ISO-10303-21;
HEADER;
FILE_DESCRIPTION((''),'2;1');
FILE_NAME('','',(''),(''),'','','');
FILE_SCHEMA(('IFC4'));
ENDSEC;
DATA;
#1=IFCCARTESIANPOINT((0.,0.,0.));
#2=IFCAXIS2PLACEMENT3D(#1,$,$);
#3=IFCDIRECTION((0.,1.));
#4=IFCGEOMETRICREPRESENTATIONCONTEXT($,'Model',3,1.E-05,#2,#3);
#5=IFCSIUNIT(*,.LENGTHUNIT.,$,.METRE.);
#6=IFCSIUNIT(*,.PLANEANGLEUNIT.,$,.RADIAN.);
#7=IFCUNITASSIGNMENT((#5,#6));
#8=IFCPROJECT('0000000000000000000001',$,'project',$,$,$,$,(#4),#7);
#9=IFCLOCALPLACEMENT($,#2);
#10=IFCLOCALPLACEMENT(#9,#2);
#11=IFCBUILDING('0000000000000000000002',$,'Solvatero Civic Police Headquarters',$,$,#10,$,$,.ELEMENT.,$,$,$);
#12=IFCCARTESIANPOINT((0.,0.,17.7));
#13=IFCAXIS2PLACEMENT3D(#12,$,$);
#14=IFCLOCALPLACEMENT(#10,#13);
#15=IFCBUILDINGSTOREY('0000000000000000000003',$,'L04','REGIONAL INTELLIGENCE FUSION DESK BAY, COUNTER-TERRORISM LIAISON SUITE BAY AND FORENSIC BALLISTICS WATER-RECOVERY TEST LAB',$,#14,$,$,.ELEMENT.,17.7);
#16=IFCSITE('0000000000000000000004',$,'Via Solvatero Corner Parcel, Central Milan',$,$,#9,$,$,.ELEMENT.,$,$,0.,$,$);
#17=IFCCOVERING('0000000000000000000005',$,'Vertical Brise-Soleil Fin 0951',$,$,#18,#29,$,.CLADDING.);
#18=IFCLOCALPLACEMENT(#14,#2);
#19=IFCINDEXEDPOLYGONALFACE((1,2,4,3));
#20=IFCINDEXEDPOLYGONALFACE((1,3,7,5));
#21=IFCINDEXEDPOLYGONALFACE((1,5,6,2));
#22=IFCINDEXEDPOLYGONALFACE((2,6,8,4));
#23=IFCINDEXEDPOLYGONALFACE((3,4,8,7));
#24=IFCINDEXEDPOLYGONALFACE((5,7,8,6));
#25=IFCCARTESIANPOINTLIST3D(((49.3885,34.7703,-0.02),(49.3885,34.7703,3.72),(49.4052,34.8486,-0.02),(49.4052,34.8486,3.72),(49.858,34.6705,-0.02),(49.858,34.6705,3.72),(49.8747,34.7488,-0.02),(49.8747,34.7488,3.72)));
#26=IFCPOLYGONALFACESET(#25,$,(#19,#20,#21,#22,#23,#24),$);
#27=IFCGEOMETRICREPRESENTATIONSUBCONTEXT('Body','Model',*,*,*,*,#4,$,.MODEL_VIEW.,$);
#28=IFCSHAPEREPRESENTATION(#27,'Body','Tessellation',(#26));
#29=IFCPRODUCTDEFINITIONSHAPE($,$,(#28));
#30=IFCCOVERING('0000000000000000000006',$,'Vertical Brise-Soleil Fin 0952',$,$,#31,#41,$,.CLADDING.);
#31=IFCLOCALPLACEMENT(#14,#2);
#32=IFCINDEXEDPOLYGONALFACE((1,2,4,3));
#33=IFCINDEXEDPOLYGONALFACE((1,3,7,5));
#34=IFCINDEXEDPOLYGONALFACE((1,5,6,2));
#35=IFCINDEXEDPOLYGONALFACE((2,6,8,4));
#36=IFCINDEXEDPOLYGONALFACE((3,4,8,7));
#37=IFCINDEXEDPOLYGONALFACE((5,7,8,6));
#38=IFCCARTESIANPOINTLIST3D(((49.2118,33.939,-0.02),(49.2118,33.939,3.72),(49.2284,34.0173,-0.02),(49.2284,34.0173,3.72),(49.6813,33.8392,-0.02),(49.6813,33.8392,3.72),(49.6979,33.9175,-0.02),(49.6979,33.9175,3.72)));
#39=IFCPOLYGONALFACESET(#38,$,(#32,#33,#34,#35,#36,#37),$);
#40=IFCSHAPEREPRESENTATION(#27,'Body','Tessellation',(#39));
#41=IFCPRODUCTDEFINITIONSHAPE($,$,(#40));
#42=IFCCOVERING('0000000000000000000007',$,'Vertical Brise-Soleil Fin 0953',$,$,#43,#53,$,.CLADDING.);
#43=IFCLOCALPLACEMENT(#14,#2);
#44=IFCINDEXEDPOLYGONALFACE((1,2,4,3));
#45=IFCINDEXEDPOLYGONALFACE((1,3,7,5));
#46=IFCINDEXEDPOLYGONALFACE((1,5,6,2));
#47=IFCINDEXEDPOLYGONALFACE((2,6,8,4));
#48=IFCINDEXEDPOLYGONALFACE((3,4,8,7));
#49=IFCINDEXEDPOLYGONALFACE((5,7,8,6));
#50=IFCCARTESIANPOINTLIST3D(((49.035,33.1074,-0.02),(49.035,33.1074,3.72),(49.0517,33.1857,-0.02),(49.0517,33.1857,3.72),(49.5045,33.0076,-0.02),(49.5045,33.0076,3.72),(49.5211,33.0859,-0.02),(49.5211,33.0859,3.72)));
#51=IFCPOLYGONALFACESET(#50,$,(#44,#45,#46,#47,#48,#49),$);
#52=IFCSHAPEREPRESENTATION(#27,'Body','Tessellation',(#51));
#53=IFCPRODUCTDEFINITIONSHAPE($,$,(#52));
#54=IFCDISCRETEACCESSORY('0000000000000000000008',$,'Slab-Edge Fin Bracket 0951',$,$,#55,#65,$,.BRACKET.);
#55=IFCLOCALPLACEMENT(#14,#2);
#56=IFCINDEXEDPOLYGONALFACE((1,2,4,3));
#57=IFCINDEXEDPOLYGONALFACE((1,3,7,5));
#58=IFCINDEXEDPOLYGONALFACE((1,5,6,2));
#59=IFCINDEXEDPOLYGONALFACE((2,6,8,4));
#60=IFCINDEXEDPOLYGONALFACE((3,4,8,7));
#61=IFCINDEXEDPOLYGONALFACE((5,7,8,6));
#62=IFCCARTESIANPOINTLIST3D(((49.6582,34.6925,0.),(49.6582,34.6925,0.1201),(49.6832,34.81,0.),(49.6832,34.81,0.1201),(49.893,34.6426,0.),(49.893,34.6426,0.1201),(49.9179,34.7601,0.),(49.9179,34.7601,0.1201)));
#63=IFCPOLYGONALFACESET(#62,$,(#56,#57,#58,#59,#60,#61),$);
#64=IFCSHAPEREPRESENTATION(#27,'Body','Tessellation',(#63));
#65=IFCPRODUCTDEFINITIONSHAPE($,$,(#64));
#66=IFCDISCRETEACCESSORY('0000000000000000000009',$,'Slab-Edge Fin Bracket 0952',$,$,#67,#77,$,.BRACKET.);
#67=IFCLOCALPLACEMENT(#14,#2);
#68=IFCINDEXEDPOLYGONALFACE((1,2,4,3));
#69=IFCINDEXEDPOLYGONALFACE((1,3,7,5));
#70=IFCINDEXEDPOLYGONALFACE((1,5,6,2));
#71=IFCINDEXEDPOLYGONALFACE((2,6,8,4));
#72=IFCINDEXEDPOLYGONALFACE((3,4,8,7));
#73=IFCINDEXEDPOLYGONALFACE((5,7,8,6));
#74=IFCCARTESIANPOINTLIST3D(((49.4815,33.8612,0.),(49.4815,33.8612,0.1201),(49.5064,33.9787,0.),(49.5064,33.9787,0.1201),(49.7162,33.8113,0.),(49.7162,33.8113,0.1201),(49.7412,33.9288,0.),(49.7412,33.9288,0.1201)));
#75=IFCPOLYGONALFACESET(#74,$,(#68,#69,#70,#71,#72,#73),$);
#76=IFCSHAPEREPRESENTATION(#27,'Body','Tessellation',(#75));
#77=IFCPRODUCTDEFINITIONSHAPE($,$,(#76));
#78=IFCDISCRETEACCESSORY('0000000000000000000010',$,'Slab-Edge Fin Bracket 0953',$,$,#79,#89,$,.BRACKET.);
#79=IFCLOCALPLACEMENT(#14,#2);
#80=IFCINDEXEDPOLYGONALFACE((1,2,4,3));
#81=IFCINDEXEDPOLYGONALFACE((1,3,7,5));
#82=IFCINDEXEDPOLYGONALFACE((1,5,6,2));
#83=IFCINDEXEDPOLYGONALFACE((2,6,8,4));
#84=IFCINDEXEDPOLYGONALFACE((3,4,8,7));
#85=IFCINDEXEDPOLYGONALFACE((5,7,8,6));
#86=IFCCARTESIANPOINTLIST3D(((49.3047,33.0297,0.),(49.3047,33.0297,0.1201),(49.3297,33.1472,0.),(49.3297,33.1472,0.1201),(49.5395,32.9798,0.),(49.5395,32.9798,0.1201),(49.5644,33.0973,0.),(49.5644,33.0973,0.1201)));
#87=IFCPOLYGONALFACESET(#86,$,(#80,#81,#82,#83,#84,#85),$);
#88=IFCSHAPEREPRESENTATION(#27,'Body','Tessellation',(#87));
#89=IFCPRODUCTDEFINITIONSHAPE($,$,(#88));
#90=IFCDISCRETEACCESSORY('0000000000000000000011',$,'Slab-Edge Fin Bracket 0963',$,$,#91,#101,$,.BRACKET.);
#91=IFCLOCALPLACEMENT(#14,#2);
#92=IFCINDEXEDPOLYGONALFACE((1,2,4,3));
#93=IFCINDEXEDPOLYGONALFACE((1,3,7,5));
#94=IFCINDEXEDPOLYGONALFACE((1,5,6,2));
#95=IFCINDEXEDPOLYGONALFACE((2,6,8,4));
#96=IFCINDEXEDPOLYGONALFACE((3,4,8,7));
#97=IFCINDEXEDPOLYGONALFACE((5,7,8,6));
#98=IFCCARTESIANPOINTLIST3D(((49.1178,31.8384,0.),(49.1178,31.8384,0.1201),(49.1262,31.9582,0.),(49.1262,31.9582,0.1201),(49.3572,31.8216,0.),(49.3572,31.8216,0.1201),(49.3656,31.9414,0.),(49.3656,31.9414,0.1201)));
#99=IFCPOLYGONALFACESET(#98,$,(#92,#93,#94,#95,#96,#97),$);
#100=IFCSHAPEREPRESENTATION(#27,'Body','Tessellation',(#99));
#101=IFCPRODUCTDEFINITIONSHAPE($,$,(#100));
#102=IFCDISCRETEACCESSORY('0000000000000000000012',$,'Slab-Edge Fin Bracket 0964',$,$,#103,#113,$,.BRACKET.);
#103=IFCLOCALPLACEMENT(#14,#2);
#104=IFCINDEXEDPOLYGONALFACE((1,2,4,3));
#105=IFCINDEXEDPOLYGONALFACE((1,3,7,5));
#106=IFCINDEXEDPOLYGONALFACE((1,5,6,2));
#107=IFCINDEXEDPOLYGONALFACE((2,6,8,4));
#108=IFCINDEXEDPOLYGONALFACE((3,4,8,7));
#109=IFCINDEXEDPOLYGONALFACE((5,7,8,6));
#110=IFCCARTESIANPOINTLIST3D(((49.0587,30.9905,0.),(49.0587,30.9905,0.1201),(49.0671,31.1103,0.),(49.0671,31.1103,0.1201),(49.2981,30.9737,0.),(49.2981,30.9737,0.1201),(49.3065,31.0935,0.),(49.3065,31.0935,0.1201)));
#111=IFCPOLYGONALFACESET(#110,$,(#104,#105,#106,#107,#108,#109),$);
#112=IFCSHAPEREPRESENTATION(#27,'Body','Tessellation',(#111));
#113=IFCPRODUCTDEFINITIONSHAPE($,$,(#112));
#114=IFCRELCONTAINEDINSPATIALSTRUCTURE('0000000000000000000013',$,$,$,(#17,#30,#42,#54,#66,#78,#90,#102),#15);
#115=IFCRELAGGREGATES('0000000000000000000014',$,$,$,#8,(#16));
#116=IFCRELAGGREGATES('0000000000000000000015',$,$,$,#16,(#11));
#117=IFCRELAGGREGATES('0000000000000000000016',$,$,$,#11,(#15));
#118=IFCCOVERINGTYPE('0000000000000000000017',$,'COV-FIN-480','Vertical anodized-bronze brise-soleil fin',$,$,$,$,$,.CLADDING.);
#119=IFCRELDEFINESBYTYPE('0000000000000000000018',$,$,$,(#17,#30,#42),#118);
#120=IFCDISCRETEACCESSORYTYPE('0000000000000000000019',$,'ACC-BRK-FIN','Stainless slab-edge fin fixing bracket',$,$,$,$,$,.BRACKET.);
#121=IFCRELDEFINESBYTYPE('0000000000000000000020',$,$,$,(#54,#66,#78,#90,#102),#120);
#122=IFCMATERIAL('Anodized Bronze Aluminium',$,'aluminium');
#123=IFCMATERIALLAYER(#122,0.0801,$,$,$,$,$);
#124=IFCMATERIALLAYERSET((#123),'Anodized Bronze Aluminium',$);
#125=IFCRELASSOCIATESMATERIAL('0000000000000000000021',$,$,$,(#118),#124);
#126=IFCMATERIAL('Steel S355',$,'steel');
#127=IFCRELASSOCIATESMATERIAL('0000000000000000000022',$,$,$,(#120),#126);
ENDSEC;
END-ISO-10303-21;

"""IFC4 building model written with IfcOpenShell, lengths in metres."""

from ifc_helpers import new_model, si_unit, direction, frame, origin, origin_2d, place, context, subcontext, project, spatial, rectangle, extrude, material, layer, layer_set, type_object, element, save


model = new_model("IFC4")

# Units and contexts
model_context = context("Model", 3, precision=1e-05, world=origin(), true_north=direction((0.0, 1.0)))
body_context = subcontext(model_context, "Body", "Model", "MODEL_VIEW")
ifc_project = project(units=[si_unit("LENGTHUNIT", "METRE"), si_unit("PLANEANGLEUNIT", "RADIAN")], contexts=[model_context])

# Site, building, storey
site_placement = place(None, origin())
site = spatial("IfcSite", under=ifc_project, at=site_placement, Name="Via Solvatero Corner Parcel, Central Milan", CompositionType="ELEMENT", RefElevation=0.0)
building_placement = place(site_placement, origin())
building = spatial("IfcBuilding", under=site, at=building_placement, Name="Solvatero Civic Police Headquarters", CompositionType="ELEMENT")
storey_placement = place(building_placement, frame((0.0, 0.0, 17.7)))
storey = spatial("IfcBuildingStorey", under=building, at=storey_placement, Name="L04", Description="REGIONAL INTELLIGENCE FUSION DESK BAY, COUNTER-TERRORISM LIAISON SUITE BAY AND FORENSIC BALLISTICS WATER-RECOVERY TEST LAB", CompositionType="ELEMENT", Elevation=17.7)

# Shared definitions
ifc_material_1 = material(Name="Anodized Bronze Aluminium", Category="aluminium")

# Coverings
ifc_layer_1 = layer(ifc_material_1, 0.0801)
ifc_layer_set_1 = layer_set([ifc_layer_1], Name="Anodized Bronze Aluminium")
covering_type = type_object("IfcCoveringType", Name="COV-FIN-480", Description="Vertical anodized-bronze brise-soleil fin", PredefinedType="CLADDING", material=ifc_layer_set_1)
for number, where, z_axis, x_axis, name in (
    (1, (49.6316, 34.7595, -0.02), (0.0, 0.0, 1.0), (-0.207912, -0.978148, 0.0), "Vertical Brise-Soleil Fin 0951"),
    (2, (49.4548, 33.9282, -0.02), (0.0, 0.0, 1.0), (-0.207912, -0.978148, 0.0), "Vertical Brise-Soleil Fin 0952"),
    (3, (49.2781, 33.0967, -0.02), (0.0, 0.0, 1.0), (-0.207912, -0.978148, 0.0), "Vertical Brise-Soleil Fin 0953"),
):
    element("IfcCovering", number, at=place(storey_placement, frame(where, z_axis=z_axis, x_axis=x_axis)), inside=storey, type_object=covering_type, Name=name, PredefinedType="CLADDING", context=body_context, shape_type="SweptSolid", body=[
        extrude(rectangle(XDim=0.0801, YDim=0.48, at=origin_2d()), origin(), (0.0, 0.0, 1.0), 3.74),
    ])

# Discrete accessories
ifc_material_2 = material(Name="Steel S355", Category="steel")
discrete_accessory_type = type_object("IfcDiscreteAccessoryType", Name="ACC-BRK-FIN", Description="Stainless slab-edge fin fixing bracket", PredefinedType="BRACKET", material=ifc_material_2)
for number, where, z_axis, x_axis, name in (
    (4, (49.7881, 34.7263, 0.0), (0.0, 0.0, 1.0), (-0.207912, -0.978148, 0.0), "Slab-Edge Fin Bracket 0951"),
    (5, (49.6113, 33.895, 0.0), (0.0, 0.0, 1.0), (-0.207912, -0.978148, 0.0), "Slab-Edge Fin Bracket 0952"),
    (6, (49.4346, 33.0635, 0.0), (0.0, 0.0, 1.0), (-0.207912, -0.978148, 0.0), "Slab-Edge Fin Bracket 0953"),
    (7, (49.2417, 31.8899, 0.0), (0.0, 0.0, 1.0), (-0.069774, -0.997563, 0.0), "Slab-Edge Fin Bracket 0963"),
    (8, (49.1826, 31.042, 0.0), (0.0, 0.0, 1.0), (-0.069774, -0.997563, 0.0), "Slab-Edge Fin Bracket 0964"),
):
    element("IfcDiscreteAccessory", number, at=place(storey_placement, frame(where, z_axis=z_axis, x_axis=x_axis)), inside=storey, type_object=discrete_accessory_type, Name=name, PredefinedType="BRACKET", context=body_context, shape_type="SweptSolid", body=[
        extrude(rectangle(XDim=0.1201, YDim=0.24, at=origin_2d()), origin(), (0.0, 0.0, 1.0), 0.1201),
    ])

save(model, "model.ifc")
